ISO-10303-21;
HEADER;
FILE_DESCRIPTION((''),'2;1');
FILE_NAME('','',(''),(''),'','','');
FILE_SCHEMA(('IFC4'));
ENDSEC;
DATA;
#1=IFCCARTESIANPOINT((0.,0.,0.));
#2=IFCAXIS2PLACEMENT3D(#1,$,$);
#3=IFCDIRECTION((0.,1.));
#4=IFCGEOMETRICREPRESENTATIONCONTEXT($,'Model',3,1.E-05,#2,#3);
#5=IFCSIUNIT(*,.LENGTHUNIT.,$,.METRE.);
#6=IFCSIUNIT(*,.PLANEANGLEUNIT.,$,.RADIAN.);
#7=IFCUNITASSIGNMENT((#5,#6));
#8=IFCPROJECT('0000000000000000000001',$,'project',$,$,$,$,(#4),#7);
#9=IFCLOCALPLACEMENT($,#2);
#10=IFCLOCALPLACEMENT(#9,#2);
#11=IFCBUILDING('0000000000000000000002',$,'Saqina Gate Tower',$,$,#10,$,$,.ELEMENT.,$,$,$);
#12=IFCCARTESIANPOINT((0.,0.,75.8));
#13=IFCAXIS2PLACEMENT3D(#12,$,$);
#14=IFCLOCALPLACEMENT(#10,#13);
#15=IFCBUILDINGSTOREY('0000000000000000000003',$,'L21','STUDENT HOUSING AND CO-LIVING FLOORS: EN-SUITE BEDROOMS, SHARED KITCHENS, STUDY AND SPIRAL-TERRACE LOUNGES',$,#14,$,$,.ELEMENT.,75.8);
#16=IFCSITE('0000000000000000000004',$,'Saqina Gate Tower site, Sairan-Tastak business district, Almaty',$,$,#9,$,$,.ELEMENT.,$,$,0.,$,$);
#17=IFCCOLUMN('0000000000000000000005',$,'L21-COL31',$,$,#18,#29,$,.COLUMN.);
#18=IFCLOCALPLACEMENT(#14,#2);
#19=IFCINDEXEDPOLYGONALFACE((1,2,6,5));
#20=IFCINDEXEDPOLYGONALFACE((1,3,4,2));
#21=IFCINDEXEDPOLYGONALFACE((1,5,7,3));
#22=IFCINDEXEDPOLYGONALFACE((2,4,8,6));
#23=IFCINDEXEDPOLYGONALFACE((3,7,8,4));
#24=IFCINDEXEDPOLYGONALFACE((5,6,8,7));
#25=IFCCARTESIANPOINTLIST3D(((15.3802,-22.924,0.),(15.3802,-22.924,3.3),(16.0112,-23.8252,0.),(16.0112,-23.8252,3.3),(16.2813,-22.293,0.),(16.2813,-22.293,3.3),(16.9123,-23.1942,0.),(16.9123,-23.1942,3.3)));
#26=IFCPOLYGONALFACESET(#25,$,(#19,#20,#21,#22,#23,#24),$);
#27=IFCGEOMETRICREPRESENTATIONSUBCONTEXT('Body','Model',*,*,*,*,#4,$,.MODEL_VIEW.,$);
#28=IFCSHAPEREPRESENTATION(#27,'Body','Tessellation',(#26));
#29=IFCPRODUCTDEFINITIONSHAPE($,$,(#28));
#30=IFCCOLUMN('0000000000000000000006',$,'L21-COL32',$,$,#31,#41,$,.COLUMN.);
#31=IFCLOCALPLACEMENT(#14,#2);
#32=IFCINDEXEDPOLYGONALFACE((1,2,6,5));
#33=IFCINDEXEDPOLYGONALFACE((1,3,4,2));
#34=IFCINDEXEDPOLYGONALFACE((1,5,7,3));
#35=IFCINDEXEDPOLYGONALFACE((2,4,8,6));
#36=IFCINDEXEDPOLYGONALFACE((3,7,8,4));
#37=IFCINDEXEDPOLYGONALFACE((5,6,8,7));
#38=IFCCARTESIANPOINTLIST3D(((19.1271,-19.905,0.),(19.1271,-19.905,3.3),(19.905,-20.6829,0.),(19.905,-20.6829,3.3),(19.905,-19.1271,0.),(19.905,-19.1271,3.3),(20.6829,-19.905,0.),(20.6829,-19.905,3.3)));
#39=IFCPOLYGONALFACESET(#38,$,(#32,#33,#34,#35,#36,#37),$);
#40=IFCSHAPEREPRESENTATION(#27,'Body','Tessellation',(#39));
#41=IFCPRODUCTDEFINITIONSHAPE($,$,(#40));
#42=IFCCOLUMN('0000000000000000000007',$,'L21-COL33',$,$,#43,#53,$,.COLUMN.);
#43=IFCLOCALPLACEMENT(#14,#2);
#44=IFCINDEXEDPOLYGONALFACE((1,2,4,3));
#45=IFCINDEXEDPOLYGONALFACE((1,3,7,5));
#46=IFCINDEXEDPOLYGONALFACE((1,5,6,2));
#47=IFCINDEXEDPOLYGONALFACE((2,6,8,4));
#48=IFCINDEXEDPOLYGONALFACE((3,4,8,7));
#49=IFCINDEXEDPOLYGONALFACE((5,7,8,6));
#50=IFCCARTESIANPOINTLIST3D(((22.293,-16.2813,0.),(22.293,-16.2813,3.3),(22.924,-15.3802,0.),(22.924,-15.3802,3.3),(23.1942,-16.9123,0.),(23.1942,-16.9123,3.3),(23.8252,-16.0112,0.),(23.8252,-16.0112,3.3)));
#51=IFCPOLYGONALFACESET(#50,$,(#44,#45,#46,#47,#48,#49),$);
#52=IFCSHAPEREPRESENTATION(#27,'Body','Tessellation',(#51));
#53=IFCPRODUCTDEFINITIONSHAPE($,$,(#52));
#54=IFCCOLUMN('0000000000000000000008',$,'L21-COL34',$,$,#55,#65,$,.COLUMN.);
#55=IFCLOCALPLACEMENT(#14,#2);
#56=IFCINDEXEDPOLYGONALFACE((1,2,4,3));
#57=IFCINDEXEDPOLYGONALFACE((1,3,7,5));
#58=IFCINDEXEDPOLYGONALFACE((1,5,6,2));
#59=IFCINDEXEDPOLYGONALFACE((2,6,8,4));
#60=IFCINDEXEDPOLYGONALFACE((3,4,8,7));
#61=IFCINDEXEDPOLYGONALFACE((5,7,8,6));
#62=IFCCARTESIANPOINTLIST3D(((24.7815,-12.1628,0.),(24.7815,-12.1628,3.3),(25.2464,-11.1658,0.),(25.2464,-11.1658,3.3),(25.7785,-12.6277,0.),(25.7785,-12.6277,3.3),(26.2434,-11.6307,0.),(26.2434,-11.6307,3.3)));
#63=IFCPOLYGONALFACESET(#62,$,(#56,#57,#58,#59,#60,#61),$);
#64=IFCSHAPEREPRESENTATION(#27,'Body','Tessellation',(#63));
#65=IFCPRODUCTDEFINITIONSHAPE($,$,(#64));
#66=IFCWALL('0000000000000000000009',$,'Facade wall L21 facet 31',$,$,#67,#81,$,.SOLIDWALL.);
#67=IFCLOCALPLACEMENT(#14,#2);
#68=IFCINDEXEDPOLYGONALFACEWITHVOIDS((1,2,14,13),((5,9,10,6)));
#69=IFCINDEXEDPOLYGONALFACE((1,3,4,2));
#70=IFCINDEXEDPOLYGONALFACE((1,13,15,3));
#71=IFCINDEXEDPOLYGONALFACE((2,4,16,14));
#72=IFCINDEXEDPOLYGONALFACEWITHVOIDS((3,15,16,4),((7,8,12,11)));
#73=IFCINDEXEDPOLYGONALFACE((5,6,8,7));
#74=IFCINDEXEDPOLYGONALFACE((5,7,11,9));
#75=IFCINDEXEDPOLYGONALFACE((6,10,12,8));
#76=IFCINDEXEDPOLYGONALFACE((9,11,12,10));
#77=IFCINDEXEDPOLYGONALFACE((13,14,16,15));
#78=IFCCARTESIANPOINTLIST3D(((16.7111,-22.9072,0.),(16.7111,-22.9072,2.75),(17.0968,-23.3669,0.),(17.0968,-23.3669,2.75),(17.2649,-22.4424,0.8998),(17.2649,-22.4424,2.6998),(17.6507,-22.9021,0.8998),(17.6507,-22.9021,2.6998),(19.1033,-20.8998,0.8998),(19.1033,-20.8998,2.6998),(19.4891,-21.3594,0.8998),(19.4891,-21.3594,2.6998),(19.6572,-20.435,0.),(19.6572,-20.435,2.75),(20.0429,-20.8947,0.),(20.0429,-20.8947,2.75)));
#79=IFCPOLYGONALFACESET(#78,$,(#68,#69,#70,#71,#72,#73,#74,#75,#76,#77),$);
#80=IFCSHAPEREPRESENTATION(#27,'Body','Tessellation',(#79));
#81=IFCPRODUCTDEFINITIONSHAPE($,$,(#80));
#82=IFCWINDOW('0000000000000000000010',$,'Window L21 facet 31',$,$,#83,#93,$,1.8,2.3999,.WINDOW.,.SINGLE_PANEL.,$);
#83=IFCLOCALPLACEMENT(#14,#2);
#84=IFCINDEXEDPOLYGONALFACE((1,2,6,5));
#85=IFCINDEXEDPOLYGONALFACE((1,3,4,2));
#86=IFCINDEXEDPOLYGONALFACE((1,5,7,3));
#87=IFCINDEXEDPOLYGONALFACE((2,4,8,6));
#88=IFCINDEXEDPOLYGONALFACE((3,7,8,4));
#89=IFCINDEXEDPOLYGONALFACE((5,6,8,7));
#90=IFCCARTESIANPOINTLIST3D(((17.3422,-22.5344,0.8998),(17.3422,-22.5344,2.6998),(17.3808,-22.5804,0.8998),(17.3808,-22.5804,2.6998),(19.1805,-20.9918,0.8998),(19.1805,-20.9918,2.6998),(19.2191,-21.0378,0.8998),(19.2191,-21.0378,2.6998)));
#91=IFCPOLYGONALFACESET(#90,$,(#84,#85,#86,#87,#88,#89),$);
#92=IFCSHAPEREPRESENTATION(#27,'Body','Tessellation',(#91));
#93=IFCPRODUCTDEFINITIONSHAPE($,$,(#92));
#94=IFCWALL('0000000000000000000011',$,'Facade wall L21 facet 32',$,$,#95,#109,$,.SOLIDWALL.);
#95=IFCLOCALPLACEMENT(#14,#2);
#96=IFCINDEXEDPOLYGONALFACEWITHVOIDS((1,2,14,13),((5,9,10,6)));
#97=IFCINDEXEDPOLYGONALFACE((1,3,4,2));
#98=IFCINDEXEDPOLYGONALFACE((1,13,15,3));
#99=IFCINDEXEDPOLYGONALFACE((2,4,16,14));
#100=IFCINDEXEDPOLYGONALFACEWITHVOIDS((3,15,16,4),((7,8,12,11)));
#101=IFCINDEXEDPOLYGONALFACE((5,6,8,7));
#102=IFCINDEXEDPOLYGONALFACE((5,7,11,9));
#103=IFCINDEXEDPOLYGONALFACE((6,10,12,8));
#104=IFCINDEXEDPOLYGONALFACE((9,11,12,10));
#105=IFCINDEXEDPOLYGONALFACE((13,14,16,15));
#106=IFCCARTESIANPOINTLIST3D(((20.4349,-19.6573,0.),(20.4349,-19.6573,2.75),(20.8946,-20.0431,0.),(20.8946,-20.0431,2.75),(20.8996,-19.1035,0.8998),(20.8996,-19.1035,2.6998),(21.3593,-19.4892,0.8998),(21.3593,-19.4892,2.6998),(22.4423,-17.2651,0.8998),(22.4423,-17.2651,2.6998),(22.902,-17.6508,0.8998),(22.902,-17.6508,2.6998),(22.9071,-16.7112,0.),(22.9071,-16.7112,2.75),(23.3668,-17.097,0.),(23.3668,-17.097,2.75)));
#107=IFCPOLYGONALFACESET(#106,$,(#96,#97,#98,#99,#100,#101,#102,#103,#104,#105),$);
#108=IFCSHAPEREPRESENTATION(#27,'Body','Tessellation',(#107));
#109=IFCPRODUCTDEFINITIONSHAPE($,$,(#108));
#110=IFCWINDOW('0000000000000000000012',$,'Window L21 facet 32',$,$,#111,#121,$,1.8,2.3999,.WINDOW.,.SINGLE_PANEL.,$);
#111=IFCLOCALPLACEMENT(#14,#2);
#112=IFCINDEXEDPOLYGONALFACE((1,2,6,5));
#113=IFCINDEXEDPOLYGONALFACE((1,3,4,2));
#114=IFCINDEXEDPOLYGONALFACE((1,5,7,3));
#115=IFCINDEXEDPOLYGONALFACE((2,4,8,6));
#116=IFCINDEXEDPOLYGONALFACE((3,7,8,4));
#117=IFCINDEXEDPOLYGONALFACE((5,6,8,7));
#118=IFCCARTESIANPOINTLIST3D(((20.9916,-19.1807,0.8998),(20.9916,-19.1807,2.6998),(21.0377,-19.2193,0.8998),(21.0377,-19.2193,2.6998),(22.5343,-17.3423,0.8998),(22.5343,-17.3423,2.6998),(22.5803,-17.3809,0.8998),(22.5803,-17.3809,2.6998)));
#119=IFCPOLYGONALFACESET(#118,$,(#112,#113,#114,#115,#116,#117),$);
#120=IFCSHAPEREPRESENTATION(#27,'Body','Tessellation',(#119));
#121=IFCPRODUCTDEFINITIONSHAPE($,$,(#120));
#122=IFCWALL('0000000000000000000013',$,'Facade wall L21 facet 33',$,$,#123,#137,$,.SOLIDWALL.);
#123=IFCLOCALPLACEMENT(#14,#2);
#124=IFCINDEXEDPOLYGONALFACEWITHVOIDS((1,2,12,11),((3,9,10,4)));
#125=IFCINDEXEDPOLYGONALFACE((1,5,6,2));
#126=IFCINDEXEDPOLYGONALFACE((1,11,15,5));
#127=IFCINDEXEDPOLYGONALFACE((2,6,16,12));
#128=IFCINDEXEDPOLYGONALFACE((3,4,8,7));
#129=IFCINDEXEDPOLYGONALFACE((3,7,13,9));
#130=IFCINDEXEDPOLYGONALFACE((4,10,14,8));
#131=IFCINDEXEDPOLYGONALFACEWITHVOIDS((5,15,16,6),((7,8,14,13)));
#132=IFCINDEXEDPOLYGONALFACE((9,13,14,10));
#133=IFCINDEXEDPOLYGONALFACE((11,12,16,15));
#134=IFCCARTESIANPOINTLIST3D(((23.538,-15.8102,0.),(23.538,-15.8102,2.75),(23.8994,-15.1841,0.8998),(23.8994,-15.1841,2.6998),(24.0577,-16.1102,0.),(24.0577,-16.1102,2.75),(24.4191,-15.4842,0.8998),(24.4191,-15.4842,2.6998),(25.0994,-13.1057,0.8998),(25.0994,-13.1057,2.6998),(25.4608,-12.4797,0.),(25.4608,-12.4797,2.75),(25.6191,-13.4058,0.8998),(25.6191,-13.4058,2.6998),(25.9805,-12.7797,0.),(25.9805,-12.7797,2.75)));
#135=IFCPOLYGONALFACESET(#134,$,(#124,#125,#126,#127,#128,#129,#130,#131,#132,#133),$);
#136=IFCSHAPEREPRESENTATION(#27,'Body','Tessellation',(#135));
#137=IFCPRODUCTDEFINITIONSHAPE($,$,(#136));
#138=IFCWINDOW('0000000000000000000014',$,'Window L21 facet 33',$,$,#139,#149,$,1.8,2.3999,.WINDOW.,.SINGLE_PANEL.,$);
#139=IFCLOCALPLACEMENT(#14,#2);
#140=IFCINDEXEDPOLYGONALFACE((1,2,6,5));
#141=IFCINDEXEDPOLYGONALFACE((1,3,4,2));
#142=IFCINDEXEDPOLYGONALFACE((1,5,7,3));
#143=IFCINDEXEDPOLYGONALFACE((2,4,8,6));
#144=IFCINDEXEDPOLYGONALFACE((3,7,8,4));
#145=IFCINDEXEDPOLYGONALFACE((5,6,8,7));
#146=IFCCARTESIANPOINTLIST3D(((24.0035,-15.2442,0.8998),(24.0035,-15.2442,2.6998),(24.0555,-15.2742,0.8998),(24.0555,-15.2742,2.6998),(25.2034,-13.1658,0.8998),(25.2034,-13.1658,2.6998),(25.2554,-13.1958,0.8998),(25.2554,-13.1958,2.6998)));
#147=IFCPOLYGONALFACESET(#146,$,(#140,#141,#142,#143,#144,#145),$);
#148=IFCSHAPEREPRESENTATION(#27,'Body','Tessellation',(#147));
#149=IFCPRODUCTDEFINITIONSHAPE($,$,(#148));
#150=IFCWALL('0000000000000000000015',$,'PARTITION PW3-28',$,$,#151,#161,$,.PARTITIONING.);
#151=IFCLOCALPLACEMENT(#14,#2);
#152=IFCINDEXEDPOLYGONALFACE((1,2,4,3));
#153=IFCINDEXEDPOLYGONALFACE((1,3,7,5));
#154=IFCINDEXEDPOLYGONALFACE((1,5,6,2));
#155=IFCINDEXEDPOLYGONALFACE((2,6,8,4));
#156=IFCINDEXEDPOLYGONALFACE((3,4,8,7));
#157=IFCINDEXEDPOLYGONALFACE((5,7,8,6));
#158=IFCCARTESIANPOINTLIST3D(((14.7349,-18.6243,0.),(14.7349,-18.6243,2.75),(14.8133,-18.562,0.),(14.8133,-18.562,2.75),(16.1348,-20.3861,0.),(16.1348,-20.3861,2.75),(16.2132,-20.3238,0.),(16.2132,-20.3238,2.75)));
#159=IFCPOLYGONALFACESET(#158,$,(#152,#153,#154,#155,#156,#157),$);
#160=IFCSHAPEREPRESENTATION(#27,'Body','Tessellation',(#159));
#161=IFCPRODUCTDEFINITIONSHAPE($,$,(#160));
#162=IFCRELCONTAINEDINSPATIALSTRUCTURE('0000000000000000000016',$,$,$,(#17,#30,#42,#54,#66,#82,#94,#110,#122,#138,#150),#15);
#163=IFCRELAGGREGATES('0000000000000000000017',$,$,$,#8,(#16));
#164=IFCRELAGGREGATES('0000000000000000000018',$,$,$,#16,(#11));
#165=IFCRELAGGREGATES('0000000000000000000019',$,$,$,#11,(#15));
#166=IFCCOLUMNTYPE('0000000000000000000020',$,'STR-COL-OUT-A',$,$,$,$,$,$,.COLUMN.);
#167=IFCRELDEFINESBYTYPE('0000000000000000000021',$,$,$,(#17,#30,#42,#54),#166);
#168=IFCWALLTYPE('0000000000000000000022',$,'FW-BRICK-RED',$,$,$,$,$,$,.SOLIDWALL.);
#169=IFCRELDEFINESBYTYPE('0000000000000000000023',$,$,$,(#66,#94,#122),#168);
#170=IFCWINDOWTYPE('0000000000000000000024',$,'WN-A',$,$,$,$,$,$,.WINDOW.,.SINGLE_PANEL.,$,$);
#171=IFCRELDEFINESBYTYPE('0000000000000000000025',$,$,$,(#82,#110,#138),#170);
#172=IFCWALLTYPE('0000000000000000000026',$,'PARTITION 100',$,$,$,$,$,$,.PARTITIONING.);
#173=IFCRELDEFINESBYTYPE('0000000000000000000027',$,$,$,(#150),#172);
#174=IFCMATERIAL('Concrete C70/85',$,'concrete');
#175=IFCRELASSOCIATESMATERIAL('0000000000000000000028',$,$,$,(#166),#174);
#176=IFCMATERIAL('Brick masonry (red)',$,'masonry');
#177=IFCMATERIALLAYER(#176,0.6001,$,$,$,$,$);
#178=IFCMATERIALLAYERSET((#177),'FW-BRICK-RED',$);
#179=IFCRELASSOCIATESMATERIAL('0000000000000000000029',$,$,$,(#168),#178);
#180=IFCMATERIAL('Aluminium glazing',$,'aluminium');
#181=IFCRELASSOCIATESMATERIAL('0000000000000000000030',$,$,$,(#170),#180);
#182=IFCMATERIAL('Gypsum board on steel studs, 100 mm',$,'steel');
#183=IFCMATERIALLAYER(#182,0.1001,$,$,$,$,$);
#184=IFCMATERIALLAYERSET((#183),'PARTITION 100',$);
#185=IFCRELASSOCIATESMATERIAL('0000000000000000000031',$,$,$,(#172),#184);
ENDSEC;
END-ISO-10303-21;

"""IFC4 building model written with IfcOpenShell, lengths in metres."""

from ifc_helpers import new_model, si_unit, direction, frame, frame_2d, origin, origin_2d, place, context, subcontext, project, spatial, rectangle, extrude, material, layer, layer_set, material_profile, profile_set, type_object, element, fill, save


model = new_model("IFC4")

# Units and contexts
model_context = context("Model", 3, precision=1e-05, world=origin(), true_north=direction((0.0, 1.0)))
body_context = subcontext(model_context, "Body", "Model", "MODEL_VIEW")
ifc_project = project(units=[si_unit("LENGTHUNIT", "METRE"), si_unit("PLANEANGLEUNIT", "RADIAN")], contexts=[model_context])

# Site, building, storey
site_placement = place(None, origin())
site = spatial("IfcSite", under=ifc_project, at=site_placement, Name="Saqina Gate Tower site, Sairan-Tastak business district, Almaty", CompositionType="ELEMENT", RefElevation=0.0)
building_placement = place(site_placement, origin())
building = spatial("IfcBuilding", under=site, at=building_placement, Name="Saqina Gate Tower", CompositionType="ELEMENT")
storey_placement = place(building_placement, frame((0.0, 0.0, 75.8)))
storey = spatial("IfcBuildingStorey", under=building, at=storey_placement, Name="L21", Description="STUDENT HOUSING AND CO-LIVING FLOORS: EN-SUITE BEDROOMS, SHARED KITCHENS, STUDY AND SPIRAL-TERRACE LOUNGES", CompositionType="ELEMENT", Elevation=75.8)

# Columns
ifc_material_1 = material(Name="Concrete C70/85", Category="concrete")
ifc_material_profile = material_profile(ifc_material_1, rectangle(XDim=1.1001, YDim=1.1001, at=origin_2d()), Name="RC 1100x1100")
ifc_profile_set = profile_set([ifc_material_profile], Name="Concrete C70/85")
column_type = type_object("IfcColumnType", Name="STR-COL-OUT-A", PredefinedType="COLUMN", material=ifc_profile_set)
for number, where, z_axis, x_axis, name in (
    (1, (16.1462, -23.0591, 0.0), (0.0, 0.0, 1.0), (0.573576, -0.819152, 0.0), "L21-COL31"),
    (2, (19.905, -19.905, 0.0), (0.0, 0.0, 1.0), (0.707107, -0.707107, 0.0), "L21-COL32"),
    (3, (23.0591, -16.1462, 0.0), (0.0, 0.0, 1.0), (0.819152, -0.573576, 0.0), "L21-COL33"),
    (4, (25.5125, -11.8967, 0.0), (0.0, 0.0, 1.0), (0.906308, -0.422618, 0.0), "L21-COL34"),
):
    element("IfcColumn", number, at=place(storey_placement, frame(where, z_axis=z_axis, x_axis=x_axis)), inside=storey, type_object=column_type, Name=name, PredefinedType="COLUMN", context=body_context, shape_type="SweptSolid", body=[
        extrude(rectangle(XDim=1.1001, YDim=1.1001, at=origin_2d()), origin(), (0.0, 0.0, 1.0), 3.3),
    ])

# Walls, openings, windows
ifc_material_2 = material(Name="Brick masonry (red)", Category="masonry")
ifc_layer_1 = layer(ifc_material_2, 0.6001)
ifc_layer_set_1 = layer_set([ifc_layer_1], Name="FW-BRICK-RED")
wall_type_1 = type_object("IfcWallType", Name="FW-BRICK-RED", PredefinedType="SOLIDWALL", material=ifc_layer_set_1)
wall_1_placement = place(storey_placement, frame((16.9041, -23.137, 0.0), z_axis=(0.0, 0.0, 1.0), x_axis=(0.766026, 0.642809, 0.0)))
wall_1 = element("IfcWall", 5, at=wall_1_placement, inside=storey, type_object=wall_type_1, Name="Facade wall L21 facet 31", PredefinedType="SOLIDWALL", context=body_context, shape_type="SweptSolid", body=[
    extrude(rectangle(XDim=3.8459, YDim=0.6001, at=frame_2d((1.9229, 0.0))), origin(), (0.0, 0.0, 1.0), 2.75),
])
opening_1_placement = place(wall_1_placement, frame((0.7229, 0.0, 0.8999)))
opening_1 = element("IfcOpeningElement", 6, at=opening_1_placement, cuts=wall_1, PredefinedType="OPENING", context=body_context, shape_type="SweptSolid", body=[
    extrude(rectangle(XDim=2.3999, YDim=1.8, at=frame_2d((1.2, 0.8999))), frame((0.0, 0.312, 0.0), z_axis=(0.0, -1.0, 0.0), x_axis=(1.0, 0.0, 0.0)), (0.0, 0.0, 1.0), 0.624),
])
ifc_material_3 = material(Name="Aluminium glazing", Category="aluminium")
window_type = type_object("IfcWindowType", Name="WN-A", PartitioningType="SINGLE_PANEL", PredefinedType="WINDOW", material=ifc_material_3)
window_1_placement = place(opening_1_placement, origin())
window_1 = element("IfcWindow", 7, at=window_1_placement, inside=storey, type_object=window_type, Name="Window L21 facet 31", OverallHeight=1.8, OverallWidth=2.3999, PartitioningType="SINGLE_PANEL", PredefinedType="WINDOW", context=body_context, shape_type="SweptSolid", body=[
    extrude(rectangle(XDim=2.3999, YDim=1.8, at=frame_2d((1.2, 0.8999))), frame((0.0, 0.1799, 0.0), z_axis=(0.0, -1.0, 0.0), x_axis=(1.0, 0.0, 0.0)), (0.0, 0.0, 1.0), 0.0601),
])
fill(opening_1, window_1)
wall_2_placement = place(storey_placement, frame((20.6648, -19.8501, 0.0), z_axis=(0.0, 0.0, 1.0), x_axis=(0.642809, 0.766026, 0.0)))
wall_2 = element("IfcWall", 8, at=wall_2_placement, inside=storey, type_object=wall_type_1, Name="Facade wall L21 facet 32", PredefinedType="SOLIDWALL", context=body_context, shape_type="SweptSolid", body=[
    extrude(rectangle(XDim=3.8459, YDim=0.6001, at=frame_2d((1.9229, 0.0))), origin(), (0.0, 0.0, 1.0), 2.75),
])
opening_2_placement = place(wall_2_placement, frame((0.7229, 0.0, 0.8999)))
opening_2 = element("IfcOpeningElement", 9, at=opening_2_placement, cuts=wall_2, PredefinedType="OPENING", context=body_context, shape_type="SweptSolid", body=[
    extrude(rectangle(XDim=2.3999, YDim=1.8, at=frame_2d((1.2, 0.8999))), frame((0.0, 0.312, 0.0), z_axis=(0.0, -1.0, 0.0), x_axis=(1.0, 0.0, 0.0)), (0.0, 0.0, 1.0), 0.624),
])
window_2_placement = place(opening_2_placement, origin())
window_2 = element("IfcWindow", 10, at=window_2_placement, inside=storey, type_object=window_type, Name="Window L21 facet 32", OverallHeight=1.8, OverallWidth=2.3999, PartitioningType="SINGLE_PANEL", PredefinedType="WINDOW", context=body_context, shape_type="SweptSolid", body=[
    extrude(rectangle(XDim=2.3999, YDim=1.8, at=frame_2d((1.2, 0.8999))), frame((0.0, 0.1799, 0.0), z_axis=(0.0, -1.0, 0.0), x_axis=(1.0, 0.0, 0.0)), (0.0, 0.0, 1.0), 0.0601),
])
fill(opening_2, window_2)
wall_3_placement = place(storey_placement, frame((23.7979, -15.9602, 0.0), z_axis=(0.0, 0.0, 1.0), x_axis=(0.49999, 0.866031, 0.0)))
wall_3 = element("IfcWall", 11, at=wall_3_placement, inside=storey, type_object=wall_type_1, Name="Facade wall L21 facet 33", PredefinedType="SOLIDWALL", context=body_context, shape_type="SweptSolid", body=[
    extrude(rectangle(XDim=3.8457, YDim=0.6001, at=frame_2d((1.9229, 0.0))), origin(), (0.0, 0.0, 1.0), 2.75),
])
opening_3_placement = place(wall_3_placement, frame((0.7229, 0.0, 0.8999)))
opening_3 = element("IfcOpeningElement", 12, at=opening_3_placement, cuts=wall_3, PredefinedType="OPENING", context=body_context, shape_type="SweptSolid", body=[
    extrude(rectangle(XDim=2.3999, YDim=1.8, at=frame_2d((1.2, 0.8999))), frame((0.0, 0.312, 0.0), z_axis=(0.0, -1.0, 0.0), x_axis=(1.0, 0.0, 0.0)), (0.0, 0.0, 1.0), 0.624),
])
window_3_placement = place(opening_3_placement, origin())
window_3 = element("IfcWindow", 13, at=window_3_placement, inside=storey, type_object=window_type, Name="Window L21 facet 33", OverallHeight=1.8, OverallWidth=2.3999, PartitioningType="SINGLE_PANEL", PredefinedType="WINDOW", context=body_context, shape_type="SweptSolid", body=[
    extrude(rectangle(XDim=2.3999, YDim=1.8, at=frame_2d((1.2, 0.8999))), frame((0.0, 0.1799, 0.0), z_axis=(0.0, -1.0, 0.0), x_axis=(1.0, 0.0, 0.0)), (0.0, 0.0, 1.0), 0.0601),
])
fill(opening_3, window_3)

# Wall
ifc_material_4 = material(Name="Gypsum board on steel studs, 100 mm", Category="steel")
ifc_layer_2 = layer(ifc_material_4, 0.1001)
ifc_layer_set_2 = layer_set([ifc_layer_2], Name="PARTITION 100")
wall_type_2 = type_object("IfcWallType", Name="PARTITION 100", PredefinedType="PARTITIONING", material=ifc_layer_set_2)
wall_4_placement = place(storey_placement, frame((14.7742, -18.5933, 0.0), z_axis=(0.0, 0.0, 1.0), x_axis=(0.622125, -0.782918, 0.0)))
element("IfcWall", 14, at=wall_4_placement, inside=storey, type_object=wall_type_2, Name="PARTITION PW3-28", PredefinedType="PARTITIONING", context=body_context, shape_type="SweptSolid", body=[
    extrude(rectangle(XDim=2.2502, YDim=0.1001, at=frame_2d((1.125, 0.0))), origin(), (0.0, 0.0, 1.0), 2.75),
])

save(model, "model.ifc")
